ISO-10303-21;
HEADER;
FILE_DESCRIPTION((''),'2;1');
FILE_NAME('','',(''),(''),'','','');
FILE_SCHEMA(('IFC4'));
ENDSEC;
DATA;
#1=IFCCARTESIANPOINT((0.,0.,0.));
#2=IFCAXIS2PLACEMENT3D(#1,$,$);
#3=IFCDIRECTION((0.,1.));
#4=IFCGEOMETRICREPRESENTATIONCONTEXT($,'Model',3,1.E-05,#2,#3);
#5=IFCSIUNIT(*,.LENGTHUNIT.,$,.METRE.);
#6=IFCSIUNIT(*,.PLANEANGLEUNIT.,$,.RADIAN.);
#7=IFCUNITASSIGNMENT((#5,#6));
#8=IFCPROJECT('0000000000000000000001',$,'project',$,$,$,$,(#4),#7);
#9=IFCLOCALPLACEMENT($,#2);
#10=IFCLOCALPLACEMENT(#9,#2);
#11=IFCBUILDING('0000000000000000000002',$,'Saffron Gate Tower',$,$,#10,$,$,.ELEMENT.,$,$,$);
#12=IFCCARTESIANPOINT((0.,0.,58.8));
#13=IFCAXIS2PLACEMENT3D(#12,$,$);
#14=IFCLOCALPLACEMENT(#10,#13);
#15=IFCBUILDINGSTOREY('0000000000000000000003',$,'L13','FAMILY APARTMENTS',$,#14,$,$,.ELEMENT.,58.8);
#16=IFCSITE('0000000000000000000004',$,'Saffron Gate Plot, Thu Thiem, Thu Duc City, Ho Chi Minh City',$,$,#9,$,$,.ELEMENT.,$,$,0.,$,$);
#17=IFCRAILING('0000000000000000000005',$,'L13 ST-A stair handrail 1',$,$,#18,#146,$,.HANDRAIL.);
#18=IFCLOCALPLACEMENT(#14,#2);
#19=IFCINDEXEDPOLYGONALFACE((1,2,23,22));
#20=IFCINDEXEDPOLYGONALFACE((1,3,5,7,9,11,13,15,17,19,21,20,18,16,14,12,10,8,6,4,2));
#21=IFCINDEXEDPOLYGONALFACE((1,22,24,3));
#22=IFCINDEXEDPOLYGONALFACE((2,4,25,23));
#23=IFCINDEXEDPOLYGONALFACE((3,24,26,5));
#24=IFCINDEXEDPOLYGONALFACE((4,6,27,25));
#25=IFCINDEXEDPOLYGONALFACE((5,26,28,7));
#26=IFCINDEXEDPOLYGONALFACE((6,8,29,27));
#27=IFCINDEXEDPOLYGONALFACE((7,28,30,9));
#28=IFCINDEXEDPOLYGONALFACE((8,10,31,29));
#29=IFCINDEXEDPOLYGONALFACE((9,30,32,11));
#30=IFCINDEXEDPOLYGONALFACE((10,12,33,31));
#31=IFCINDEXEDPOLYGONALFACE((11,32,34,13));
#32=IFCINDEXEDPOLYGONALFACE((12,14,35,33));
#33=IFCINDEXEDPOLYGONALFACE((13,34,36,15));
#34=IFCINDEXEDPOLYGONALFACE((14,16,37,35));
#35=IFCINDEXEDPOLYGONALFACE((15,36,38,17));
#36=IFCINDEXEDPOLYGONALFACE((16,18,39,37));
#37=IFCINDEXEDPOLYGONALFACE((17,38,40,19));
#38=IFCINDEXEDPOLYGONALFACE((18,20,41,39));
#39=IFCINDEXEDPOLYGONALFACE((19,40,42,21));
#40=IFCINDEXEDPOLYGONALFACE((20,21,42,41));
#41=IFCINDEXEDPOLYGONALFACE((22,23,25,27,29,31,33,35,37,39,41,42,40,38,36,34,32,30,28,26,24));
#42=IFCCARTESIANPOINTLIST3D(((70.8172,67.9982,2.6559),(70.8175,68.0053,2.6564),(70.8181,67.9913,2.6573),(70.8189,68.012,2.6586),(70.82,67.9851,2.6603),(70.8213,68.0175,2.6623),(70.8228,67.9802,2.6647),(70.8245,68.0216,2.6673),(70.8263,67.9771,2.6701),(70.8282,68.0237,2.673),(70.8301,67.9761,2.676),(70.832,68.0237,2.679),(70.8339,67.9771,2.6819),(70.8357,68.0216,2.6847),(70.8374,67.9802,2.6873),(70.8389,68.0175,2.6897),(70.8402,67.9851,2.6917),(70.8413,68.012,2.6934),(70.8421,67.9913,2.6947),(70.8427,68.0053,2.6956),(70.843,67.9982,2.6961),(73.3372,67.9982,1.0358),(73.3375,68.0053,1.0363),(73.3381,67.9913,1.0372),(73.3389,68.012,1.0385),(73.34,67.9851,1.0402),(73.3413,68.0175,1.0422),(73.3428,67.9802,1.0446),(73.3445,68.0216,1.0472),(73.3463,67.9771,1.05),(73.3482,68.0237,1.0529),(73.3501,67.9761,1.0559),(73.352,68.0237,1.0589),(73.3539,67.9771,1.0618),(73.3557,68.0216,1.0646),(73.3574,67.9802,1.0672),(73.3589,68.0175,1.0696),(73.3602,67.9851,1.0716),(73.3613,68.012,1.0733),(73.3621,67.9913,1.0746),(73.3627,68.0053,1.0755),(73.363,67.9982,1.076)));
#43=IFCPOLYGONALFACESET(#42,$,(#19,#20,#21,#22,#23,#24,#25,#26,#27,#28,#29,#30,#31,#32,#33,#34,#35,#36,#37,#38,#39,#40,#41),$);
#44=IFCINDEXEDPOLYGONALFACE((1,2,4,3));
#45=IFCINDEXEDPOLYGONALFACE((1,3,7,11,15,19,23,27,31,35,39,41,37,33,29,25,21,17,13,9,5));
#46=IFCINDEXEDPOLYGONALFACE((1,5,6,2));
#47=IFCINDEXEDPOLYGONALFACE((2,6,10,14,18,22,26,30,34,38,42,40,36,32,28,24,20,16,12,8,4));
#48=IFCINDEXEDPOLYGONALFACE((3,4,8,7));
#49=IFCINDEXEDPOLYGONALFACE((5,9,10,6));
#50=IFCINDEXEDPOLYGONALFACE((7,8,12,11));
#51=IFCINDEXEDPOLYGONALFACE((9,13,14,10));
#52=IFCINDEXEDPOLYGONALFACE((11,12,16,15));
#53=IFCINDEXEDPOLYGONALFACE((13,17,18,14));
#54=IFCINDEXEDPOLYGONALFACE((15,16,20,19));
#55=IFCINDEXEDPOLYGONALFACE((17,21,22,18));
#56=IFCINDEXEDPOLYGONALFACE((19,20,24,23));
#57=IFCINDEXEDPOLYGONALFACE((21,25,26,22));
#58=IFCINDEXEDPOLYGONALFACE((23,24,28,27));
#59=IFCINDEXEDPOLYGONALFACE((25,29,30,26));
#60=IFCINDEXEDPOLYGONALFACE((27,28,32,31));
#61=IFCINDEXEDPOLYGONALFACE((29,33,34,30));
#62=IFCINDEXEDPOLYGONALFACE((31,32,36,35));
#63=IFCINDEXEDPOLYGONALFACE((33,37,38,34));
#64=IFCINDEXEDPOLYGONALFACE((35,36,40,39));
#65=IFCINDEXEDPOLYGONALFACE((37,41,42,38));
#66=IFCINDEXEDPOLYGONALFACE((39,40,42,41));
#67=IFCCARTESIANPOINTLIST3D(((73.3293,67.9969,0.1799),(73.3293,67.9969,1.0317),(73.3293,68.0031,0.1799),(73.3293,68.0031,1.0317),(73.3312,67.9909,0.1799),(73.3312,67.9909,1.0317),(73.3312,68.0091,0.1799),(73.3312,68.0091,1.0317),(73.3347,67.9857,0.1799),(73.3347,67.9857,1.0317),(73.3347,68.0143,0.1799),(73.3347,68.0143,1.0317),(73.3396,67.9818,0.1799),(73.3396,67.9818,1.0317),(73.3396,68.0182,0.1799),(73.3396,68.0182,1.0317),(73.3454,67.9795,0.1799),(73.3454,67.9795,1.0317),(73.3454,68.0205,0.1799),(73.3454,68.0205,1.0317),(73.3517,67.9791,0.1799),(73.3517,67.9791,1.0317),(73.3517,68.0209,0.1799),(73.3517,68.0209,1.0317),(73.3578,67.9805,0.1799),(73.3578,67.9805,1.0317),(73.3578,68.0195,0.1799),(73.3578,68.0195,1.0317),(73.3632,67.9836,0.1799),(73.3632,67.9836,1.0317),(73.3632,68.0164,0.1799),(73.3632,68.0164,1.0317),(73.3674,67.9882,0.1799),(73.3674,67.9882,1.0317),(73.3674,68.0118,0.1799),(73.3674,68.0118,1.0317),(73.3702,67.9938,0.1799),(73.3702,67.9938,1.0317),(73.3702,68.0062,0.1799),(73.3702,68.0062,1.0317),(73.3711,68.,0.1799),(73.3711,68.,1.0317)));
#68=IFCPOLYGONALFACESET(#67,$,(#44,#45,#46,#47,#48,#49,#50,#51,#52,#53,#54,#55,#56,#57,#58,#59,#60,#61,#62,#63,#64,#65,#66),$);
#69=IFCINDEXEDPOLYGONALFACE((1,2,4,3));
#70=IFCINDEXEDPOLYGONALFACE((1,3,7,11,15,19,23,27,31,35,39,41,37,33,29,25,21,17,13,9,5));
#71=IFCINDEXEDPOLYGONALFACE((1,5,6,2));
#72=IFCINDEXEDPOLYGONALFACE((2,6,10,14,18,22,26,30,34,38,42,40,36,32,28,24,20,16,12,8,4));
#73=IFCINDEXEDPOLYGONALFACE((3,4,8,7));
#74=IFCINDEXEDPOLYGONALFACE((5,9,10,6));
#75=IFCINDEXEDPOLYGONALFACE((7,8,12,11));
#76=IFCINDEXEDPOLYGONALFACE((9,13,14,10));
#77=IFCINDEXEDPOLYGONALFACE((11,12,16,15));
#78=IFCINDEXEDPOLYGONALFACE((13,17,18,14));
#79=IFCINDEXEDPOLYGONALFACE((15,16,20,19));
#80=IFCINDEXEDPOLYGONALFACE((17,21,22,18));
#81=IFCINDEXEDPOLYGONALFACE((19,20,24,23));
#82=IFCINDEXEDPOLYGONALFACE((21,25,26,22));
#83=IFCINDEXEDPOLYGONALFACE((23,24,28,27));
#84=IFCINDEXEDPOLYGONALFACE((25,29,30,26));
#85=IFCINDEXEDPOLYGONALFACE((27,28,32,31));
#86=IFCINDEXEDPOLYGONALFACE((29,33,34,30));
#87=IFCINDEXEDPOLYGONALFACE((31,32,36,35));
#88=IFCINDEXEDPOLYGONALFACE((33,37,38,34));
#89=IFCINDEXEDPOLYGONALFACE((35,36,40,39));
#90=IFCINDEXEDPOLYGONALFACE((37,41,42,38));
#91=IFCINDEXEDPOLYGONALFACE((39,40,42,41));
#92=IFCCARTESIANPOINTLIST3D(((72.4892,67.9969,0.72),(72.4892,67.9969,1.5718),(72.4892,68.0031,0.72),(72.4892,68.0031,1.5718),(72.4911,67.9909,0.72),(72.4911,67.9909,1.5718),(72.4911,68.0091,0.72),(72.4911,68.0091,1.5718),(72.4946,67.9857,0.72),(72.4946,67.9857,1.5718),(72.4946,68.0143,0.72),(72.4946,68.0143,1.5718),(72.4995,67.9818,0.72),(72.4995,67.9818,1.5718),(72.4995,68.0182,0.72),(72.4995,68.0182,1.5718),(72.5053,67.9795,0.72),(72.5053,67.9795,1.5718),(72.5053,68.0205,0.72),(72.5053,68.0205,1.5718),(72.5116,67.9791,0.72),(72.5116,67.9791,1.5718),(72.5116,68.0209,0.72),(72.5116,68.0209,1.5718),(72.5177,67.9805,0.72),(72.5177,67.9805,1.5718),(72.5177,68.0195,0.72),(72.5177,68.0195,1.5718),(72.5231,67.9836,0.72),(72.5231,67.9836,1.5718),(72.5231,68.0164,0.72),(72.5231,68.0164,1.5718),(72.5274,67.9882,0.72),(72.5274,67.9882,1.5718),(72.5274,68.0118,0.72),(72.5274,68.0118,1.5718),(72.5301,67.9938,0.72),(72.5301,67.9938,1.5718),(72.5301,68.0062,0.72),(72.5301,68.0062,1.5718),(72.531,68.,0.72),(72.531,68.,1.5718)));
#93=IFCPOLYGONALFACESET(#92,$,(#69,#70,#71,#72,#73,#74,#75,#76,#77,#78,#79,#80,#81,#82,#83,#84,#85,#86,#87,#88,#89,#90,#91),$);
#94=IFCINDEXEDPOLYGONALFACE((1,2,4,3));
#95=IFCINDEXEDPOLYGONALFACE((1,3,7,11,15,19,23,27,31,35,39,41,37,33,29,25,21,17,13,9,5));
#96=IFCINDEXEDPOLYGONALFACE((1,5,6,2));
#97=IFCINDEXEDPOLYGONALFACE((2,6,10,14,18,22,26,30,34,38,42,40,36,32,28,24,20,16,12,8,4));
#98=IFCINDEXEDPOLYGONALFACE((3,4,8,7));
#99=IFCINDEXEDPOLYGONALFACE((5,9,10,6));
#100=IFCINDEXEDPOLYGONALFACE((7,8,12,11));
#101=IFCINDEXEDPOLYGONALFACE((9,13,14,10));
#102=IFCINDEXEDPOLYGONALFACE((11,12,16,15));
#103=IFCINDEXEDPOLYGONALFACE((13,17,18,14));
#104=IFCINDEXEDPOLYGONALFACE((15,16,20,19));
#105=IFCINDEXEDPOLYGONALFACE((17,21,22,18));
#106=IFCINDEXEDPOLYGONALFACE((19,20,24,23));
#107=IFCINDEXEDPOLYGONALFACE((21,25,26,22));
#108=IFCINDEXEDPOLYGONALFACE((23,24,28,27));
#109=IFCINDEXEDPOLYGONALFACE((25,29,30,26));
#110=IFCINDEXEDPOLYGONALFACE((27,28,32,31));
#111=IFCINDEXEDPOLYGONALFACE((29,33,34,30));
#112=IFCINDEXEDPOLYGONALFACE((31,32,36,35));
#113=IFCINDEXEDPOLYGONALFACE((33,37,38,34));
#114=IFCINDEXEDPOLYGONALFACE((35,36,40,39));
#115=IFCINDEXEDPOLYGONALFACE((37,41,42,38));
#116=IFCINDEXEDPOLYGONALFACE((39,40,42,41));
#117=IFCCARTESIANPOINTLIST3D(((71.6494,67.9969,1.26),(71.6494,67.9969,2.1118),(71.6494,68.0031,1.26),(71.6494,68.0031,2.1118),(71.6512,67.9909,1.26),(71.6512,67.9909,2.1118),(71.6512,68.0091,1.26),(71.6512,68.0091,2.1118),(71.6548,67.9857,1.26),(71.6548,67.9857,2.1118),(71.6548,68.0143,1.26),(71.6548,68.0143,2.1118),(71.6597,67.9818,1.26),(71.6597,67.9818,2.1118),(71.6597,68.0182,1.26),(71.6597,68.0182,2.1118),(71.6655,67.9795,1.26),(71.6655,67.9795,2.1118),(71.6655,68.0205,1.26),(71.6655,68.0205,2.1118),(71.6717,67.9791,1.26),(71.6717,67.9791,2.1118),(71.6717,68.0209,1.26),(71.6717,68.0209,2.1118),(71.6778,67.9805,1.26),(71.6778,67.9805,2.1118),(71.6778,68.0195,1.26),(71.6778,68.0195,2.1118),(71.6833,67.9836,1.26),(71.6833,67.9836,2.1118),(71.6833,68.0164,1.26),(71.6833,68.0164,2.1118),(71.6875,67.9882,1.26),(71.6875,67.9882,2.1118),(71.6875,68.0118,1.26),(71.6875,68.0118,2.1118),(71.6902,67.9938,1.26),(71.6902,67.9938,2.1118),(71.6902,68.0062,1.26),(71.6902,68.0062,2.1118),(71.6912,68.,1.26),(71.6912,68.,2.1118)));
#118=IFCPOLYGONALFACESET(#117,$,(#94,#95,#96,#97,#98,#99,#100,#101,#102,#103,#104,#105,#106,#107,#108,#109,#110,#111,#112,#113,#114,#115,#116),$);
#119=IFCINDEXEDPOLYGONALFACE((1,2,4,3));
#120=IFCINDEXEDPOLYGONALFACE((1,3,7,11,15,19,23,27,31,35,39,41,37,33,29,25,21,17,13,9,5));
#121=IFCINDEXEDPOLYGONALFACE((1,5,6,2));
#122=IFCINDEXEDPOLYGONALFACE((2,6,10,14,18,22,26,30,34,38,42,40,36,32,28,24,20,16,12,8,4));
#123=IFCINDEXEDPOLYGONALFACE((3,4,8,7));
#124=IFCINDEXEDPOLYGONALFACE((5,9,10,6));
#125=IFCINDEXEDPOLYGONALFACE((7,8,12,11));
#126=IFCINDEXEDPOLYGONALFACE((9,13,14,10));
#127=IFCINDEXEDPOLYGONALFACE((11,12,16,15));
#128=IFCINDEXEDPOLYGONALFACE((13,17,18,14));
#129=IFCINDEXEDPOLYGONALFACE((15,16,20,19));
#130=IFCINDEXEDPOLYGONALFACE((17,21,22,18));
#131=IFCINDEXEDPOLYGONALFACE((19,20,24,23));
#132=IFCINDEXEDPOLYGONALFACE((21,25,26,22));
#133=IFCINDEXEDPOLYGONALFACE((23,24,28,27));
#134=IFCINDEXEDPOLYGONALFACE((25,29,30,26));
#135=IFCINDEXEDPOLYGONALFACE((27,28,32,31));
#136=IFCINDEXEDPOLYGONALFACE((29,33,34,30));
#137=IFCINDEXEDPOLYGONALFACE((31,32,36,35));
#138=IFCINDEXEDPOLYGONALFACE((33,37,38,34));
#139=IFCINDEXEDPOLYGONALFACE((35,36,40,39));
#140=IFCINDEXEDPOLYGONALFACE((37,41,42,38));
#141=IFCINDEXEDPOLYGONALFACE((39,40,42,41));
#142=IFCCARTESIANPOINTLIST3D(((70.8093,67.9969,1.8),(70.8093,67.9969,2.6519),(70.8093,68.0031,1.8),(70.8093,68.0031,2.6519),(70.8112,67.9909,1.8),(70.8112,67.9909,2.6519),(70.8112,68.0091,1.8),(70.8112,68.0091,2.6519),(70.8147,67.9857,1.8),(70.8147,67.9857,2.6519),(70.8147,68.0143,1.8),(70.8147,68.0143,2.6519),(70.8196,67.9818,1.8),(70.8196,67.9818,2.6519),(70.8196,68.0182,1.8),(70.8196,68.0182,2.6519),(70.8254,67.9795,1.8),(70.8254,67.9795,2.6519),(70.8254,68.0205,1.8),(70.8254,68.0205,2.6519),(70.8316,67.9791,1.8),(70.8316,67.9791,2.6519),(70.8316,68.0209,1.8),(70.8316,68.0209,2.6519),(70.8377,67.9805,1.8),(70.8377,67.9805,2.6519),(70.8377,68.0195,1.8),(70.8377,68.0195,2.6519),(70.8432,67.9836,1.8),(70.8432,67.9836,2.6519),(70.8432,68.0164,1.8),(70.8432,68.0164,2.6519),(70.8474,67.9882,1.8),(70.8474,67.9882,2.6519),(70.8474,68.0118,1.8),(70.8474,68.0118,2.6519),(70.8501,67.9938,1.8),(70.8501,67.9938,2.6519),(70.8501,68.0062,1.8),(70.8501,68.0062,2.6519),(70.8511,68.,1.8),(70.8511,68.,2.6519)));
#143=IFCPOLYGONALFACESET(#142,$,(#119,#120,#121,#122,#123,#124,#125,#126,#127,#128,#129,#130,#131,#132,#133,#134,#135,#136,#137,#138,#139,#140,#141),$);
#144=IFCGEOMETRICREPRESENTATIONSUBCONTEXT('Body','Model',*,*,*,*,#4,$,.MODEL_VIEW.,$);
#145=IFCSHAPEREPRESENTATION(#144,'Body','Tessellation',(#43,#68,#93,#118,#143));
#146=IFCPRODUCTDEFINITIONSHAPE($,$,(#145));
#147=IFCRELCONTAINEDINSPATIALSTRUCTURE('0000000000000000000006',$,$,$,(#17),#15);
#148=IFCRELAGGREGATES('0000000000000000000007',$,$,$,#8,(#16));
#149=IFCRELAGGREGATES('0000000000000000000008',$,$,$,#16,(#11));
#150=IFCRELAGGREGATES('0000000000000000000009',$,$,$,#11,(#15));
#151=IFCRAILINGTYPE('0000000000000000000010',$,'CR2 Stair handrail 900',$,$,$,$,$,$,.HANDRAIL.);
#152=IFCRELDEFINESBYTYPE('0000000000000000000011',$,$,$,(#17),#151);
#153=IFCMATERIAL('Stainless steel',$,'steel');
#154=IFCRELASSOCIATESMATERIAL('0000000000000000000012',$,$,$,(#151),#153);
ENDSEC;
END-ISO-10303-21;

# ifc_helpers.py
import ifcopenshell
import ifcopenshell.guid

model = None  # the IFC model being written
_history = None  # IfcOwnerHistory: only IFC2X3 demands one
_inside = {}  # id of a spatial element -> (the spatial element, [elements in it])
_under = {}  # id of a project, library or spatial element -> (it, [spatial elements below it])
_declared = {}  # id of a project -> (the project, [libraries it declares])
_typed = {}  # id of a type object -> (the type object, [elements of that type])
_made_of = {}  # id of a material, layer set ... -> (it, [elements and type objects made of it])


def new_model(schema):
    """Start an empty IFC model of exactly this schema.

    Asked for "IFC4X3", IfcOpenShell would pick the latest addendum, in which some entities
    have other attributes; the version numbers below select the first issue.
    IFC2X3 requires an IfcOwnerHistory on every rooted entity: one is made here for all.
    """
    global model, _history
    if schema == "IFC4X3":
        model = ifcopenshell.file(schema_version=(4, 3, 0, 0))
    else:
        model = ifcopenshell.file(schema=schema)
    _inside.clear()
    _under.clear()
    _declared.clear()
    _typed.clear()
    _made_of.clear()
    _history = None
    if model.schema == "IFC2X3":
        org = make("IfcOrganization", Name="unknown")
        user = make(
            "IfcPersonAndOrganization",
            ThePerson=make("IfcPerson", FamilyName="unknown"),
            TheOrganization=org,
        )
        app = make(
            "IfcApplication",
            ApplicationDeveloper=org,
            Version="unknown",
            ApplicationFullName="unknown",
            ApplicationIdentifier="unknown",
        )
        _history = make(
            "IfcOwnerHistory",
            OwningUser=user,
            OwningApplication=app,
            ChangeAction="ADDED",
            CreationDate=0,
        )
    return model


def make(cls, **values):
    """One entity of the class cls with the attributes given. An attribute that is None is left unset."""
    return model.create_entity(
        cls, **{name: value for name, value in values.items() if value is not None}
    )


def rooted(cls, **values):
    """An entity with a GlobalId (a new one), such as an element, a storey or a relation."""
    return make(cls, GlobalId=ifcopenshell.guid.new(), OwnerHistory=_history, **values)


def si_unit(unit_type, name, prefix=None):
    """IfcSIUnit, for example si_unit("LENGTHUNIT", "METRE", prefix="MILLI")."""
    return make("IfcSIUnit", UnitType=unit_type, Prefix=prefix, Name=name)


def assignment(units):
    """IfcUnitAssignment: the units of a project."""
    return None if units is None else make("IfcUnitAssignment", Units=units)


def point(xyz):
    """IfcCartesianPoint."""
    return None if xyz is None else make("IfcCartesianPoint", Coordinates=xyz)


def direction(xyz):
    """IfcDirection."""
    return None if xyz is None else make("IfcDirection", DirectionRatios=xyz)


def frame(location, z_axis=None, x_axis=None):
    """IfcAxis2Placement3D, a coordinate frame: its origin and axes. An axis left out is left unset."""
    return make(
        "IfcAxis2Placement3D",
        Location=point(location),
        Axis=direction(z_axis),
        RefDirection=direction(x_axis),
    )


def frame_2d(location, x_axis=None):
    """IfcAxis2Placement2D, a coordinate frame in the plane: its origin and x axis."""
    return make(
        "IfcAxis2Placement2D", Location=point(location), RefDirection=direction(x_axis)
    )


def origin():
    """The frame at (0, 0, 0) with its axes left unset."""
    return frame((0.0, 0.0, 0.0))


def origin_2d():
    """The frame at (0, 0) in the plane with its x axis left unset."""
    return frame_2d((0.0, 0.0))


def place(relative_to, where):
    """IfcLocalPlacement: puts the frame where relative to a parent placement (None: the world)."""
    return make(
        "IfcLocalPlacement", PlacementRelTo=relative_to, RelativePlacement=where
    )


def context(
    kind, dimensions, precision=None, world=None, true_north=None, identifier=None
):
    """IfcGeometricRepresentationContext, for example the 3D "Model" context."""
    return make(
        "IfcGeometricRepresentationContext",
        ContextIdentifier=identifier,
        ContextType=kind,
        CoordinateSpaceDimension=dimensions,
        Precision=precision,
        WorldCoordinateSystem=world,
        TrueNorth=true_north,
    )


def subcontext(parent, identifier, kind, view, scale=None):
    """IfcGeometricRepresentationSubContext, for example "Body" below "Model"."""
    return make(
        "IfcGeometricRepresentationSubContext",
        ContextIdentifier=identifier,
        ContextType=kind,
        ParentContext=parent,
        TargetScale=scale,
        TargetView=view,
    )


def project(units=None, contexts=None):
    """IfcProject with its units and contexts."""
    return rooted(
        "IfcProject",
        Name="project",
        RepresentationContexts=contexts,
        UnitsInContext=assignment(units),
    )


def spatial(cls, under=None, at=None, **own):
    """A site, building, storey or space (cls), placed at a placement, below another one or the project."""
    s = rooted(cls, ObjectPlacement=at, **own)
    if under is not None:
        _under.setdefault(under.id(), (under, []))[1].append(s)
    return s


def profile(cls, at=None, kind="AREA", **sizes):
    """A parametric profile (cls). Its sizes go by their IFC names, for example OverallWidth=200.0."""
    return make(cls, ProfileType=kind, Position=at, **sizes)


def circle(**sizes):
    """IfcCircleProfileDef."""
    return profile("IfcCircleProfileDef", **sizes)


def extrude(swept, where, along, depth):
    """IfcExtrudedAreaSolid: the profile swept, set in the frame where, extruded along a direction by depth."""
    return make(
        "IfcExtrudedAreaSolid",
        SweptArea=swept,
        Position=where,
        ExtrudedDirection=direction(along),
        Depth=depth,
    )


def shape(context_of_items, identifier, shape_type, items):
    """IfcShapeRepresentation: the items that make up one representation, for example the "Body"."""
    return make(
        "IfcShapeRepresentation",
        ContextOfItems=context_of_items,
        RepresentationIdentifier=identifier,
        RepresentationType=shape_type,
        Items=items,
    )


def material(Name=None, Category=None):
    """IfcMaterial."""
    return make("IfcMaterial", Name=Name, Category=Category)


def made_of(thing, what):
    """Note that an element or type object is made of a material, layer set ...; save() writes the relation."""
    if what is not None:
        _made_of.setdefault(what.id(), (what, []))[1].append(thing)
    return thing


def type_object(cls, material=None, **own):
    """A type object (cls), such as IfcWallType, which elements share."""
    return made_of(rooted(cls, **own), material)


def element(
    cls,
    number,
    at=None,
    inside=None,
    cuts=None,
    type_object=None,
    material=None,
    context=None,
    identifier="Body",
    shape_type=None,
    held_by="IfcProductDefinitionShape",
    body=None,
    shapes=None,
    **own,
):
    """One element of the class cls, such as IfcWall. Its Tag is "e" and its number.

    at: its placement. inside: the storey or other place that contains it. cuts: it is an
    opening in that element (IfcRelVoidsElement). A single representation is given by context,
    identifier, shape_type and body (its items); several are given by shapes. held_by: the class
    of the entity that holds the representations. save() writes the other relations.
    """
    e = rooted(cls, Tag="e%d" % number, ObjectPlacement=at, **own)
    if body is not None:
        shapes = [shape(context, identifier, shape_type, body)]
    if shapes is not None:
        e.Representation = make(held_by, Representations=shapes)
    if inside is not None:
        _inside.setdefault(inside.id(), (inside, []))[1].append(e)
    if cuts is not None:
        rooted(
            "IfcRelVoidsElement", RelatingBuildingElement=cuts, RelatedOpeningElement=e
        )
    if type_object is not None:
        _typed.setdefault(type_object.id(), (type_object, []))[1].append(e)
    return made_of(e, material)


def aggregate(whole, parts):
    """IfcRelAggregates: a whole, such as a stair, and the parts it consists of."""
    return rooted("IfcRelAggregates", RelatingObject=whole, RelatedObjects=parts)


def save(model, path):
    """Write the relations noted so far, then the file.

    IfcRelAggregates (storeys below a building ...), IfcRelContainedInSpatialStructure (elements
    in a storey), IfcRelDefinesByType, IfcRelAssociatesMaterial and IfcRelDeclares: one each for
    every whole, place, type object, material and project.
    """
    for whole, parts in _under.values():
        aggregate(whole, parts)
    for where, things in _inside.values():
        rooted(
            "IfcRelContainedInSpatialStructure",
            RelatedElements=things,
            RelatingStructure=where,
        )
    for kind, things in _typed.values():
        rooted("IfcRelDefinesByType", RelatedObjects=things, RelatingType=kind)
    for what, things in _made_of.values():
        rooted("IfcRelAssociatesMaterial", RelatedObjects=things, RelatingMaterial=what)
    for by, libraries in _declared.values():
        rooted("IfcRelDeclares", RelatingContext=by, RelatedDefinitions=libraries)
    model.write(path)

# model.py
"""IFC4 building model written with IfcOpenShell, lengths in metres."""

from ifc_helpers import new_model, si_unit, direction, frame, origin, origin_2d, place, context, subcontext, project, spatial, circle, extrude, material, type_object, element, save


model = new_model("IFC4")

# Units and contexts
model_context = context("Model", 3, precision=1e-05, world=origin(), true_north=direction((0.0, 1.0)))
body_context = subcontext(model_context, "Body", "Model", "MODEL_VIEW")
ifc_project = project(units=[si_unit("LENGTHUNIT", "METRE"), si_unit("PLANEANGLEUNIT", "RADIAN")], contexts=[model_context])

# Site, building, storey
site_placement = place(None, origin())
site = spatial("IfcSite", under=ifc_project, at=site_placement, Name="Saffron Gate Plot, Thu Thiem, Thu Duc City, Ho Chi Minh City", CompositionType="ELEMENT", RefElevation=0.0)
building_placement = place(site_placement, origin())
building = spatial("IfcBuilding", under=site, at=building_placement, Name="Saffron Gate Tower", CompositionType="ELEMENT")
storey_placement = place(building_placement, frame((0.0, 0.0, 58.8)))
storey = spatial("IfcBuildingStorey", under=building, at=storey_placement, Name="L13", Description="FAMILY APARTMENTS", CompositionType="ELEMENT", Elevation=58.8)

# Railing
ifc_material_1 = material(Name="Stainless steel", Category="steel")
railing_type_1 = type_object("IfcRailingType", Name="CR2 Stair handrail 900", PredefinedType="HANDRAIL", material=ifc_material_1)
railing_1_placement = place(storey_placement, frame((73.3501, 68.0, 0.1799)))
element("IfcRailing", 1, at=railing_1_placement, inside=storey, type_object=railing_type_1, Name="L13 ST-A stair handrail 1", PredefinedType="HANDRAIL", context=body_context, shape_type="SweptSolid", body=[
    extrude(circle(Radius=0.0239, at=origin_2d()), frame((0.0, 0.0, 0.876), z_axis=(-0.841163, 0.0, 0.540782), x_axis=(0.0, -1.0, 0.0)), (0.0, 0.0, 1.0), 2.9958),
    extrude(circle(Radius=0.021, at=origin_2d()), origin(), (0.0, 0.0, 1.0), 0.8518),
    extrude(circle(Radius=0.021, at=origin_2d()), frame((-0.8401, 0.0, 0.54)), (0.0, 0.0, 1.0), 0.8518),
    extrude(circle(Radius=0.021, at=origin_2d()), frame((-1.6799, 0.0, 1.0801)), (0.0, 0.0, 1.0), 0.8518),
    extrude(circle(Radius=0.021, at=origin_2d()), frame((-2.52, 0.0, 1.6201)), (0.0, 0.0, 1.0), 0.8518),
])

save(model, "model.ifc")
